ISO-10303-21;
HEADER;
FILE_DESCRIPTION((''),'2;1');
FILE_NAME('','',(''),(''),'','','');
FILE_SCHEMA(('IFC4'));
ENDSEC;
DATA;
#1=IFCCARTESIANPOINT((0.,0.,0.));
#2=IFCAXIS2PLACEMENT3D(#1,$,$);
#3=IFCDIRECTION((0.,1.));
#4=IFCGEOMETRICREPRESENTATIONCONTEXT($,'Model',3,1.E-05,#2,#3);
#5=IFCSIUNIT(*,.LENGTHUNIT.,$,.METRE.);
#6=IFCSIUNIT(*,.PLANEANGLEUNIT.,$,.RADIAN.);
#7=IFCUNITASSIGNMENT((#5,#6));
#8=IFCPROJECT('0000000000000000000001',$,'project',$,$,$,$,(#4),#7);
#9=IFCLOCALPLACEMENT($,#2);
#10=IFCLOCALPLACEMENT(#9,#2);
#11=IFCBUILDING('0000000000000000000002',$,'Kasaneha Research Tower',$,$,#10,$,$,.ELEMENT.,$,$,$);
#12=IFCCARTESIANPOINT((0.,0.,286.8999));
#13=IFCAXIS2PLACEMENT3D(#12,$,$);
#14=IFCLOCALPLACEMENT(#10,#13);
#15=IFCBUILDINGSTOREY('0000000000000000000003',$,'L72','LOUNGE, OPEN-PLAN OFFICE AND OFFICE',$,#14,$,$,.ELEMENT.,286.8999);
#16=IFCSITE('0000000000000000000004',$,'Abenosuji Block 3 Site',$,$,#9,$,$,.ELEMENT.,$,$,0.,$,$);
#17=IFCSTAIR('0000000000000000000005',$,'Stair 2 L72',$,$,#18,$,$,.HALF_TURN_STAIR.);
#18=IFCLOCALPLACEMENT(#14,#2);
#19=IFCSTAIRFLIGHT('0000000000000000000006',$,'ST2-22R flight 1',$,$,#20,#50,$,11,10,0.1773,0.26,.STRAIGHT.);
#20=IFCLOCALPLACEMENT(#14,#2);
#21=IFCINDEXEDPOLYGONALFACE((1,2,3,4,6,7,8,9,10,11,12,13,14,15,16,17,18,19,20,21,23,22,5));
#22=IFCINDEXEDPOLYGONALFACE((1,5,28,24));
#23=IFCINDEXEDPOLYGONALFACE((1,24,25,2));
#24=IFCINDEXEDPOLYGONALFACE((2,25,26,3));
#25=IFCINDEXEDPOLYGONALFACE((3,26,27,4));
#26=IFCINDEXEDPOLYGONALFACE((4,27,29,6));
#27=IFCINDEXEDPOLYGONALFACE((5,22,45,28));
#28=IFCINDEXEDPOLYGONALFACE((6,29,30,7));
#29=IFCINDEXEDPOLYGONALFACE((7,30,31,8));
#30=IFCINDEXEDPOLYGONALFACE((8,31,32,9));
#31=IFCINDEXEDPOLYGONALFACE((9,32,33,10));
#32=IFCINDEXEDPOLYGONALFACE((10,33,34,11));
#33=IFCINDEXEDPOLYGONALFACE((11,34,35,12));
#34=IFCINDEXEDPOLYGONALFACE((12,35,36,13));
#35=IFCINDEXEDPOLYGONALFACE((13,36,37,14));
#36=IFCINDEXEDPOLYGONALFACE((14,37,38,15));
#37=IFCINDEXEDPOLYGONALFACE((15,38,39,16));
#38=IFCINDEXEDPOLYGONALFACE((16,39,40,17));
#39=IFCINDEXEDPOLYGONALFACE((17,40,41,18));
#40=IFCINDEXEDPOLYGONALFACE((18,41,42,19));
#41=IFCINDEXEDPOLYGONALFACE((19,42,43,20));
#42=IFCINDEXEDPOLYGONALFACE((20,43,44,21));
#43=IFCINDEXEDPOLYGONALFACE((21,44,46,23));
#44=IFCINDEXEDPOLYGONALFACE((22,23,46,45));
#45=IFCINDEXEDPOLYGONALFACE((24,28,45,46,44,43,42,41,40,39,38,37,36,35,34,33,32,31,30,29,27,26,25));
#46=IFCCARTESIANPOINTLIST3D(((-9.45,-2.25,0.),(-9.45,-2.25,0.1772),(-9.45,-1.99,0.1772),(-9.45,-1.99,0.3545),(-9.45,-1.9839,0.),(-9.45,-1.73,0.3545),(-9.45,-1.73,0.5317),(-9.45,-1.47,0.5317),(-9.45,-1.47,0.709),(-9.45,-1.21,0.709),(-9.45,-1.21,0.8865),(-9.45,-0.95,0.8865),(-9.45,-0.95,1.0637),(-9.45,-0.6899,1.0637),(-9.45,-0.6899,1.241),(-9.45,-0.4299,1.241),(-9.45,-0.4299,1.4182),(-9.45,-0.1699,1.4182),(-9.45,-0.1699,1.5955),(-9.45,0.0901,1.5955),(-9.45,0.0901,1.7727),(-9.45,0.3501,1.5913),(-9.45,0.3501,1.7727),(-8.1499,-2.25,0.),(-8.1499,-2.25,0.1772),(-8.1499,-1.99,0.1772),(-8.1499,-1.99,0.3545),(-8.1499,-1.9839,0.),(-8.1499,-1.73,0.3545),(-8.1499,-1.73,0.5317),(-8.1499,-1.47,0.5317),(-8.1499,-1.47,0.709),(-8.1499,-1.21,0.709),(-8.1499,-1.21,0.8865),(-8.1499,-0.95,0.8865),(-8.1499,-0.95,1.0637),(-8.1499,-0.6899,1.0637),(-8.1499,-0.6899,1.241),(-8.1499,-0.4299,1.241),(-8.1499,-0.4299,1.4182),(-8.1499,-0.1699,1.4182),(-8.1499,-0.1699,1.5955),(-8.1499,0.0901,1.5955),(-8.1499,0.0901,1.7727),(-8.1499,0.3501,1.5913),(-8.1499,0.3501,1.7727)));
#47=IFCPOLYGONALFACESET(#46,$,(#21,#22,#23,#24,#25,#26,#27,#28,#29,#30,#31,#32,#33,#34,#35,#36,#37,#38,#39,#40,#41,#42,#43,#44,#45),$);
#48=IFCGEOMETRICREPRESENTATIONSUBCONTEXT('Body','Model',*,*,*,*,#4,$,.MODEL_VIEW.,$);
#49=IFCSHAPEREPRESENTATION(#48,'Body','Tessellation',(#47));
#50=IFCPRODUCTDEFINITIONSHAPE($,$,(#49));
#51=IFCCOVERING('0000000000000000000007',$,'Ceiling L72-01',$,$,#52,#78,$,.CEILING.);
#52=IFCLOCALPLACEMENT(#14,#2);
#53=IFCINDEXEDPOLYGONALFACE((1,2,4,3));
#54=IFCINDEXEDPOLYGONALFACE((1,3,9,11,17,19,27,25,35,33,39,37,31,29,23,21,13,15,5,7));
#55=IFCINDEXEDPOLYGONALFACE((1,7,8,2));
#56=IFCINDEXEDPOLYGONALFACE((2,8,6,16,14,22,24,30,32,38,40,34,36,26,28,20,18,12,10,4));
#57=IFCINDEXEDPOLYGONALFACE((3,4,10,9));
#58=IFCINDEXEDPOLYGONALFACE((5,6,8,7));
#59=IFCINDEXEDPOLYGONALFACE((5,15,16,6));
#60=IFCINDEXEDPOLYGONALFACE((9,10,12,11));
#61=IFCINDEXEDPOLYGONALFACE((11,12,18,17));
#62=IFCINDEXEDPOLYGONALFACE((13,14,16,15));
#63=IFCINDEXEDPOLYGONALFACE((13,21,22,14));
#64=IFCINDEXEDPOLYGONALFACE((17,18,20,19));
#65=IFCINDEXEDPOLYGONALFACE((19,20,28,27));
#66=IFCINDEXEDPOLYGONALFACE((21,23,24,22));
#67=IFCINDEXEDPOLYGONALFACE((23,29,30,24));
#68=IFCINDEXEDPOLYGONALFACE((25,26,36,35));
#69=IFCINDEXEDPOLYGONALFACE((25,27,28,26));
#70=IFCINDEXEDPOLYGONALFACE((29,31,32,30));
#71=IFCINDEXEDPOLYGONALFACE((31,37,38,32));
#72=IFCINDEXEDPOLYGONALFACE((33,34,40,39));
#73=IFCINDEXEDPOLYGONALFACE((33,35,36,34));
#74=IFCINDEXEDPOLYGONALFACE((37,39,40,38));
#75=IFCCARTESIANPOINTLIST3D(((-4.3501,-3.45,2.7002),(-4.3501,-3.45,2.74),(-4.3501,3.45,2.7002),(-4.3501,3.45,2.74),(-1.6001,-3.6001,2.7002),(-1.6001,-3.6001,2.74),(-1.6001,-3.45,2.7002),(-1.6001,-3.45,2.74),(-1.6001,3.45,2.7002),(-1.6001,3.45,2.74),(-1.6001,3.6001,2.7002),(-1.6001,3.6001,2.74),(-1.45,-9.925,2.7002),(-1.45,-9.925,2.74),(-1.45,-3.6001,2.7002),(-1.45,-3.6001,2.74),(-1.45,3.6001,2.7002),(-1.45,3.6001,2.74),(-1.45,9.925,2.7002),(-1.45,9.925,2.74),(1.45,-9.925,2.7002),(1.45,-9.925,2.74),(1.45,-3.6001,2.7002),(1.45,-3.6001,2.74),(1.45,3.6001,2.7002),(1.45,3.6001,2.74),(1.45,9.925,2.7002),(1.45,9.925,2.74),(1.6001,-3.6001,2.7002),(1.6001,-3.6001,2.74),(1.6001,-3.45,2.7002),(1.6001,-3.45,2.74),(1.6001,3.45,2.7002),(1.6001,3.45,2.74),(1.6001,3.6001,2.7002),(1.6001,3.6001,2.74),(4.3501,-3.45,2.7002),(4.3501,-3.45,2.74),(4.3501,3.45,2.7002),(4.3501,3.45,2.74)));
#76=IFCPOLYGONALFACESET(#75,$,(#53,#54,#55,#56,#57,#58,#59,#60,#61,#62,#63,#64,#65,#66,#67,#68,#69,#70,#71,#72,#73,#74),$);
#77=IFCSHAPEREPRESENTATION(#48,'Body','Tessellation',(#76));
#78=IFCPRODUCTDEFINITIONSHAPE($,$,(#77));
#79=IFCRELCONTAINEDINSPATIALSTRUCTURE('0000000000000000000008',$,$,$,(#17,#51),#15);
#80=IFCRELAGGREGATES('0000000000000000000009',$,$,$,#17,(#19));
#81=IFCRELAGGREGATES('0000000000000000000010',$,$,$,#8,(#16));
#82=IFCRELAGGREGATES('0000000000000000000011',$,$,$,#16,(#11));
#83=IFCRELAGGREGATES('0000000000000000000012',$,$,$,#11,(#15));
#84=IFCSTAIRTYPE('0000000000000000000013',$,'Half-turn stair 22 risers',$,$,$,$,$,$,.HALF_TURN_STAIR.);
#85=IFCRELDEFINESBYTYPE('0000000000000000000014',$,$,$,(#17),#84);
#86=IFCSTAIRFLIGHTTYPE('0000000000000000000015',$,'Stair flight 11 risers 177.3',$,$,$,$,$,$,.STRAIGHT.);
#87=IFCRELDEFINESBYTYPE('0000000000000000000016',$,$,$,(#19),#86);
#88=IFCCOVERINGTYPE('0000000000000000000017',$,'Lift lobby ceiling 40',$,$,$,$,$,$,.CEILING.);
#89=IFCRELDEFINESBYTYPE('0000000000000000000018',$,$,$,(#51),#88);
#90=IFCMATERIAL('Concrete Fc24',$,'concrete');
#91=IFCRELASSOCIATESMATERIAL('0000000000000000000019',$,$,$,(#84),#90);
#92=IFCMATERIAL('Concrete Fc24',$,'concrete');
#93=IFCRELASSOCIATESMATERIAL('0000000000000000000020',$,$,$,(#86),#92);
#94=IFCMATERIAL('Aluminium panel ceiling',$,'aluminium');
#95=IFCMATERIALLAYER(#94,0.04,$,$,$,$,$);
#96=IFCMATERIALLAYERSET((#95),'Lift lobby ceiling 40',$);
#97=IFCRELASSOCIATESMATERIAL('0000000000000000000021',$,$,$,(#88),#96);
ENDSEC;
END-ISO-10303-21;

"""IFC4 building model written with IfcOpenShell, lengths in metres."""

from ifc_helpers import new_model, si_unit, direction, frame, origin, place, context, subcontext, project, spatial, polyline, outline, extrude, material, layer, layer_set, type_object, element, aggregate, save


model = new_model("IFC4")

# Units and contexts
model_context = context("Model", 3, precision=1e-05, world=origin(), true_north=direction((0.0, 1.0)))
body_context = subcontext(model_context, "Body", "Model", "MODEL_VIEW")
ifc_project = project(units=[si_unit("LENGTHUNIT", "METRE"), si_unit("PLANEANGLEUNIT", "RADIAN")], contexts=[model_context])

# Site, building, storey
site_placement = place(None, origin())
site = spatial("IfcSite", under=ifc_project, at=site_placement, Name="Abenosuji Block 3 Site", CompositionType="ELEMENT", RefElevation=0.0)
building_placement = place(site_placement, origin())
building = spatial("IfcBuilding", under=site, at=building_placement, Name="Kasaneha Research Tower", CompositionType="ELEMENT")
storey_placement = place(building_placement, frame((0.0, 0.0, 286.8999)))
storey = spatial("IfcBuildingStorey", under=building, at=storey_placement, Name="L72", Description="LOUNGE, OPEN-PLAN OFFICE AND OFFICE", CompositionType="ELEMENT", Elevation=286.8999)

# Stair, stair flight
ifc_material_1 = material(Name="Concrete Fc24", Category="concrete")
stair_type = type_object("IfcStairType", Name="Half-turn stair 22 risers", PredefinedType="HALF_TURN_STAIR", material=ifc_material_1)
stair_placement = place(storey_placement, origin())
stair = element("IfcStair", 1, at=stair_placement, inside=storey, type_object=stair_type, Name="Stair 2 L72", PredefinedType="HALF_TURN_STAIR")
ifc_material_2 = material(Name="Concrete Fc24", Category="concrete")
stair_flight_type = type_object("IfcStairFlightType", Name="Stair flight 11 risers 177.3", PredefinedType="STRAIGHT", material=ifc_material_2)
stair_flight_placement = place(storey_placement, frame((-8.8, -2.25, 0.0), z_axis=(0.0, 0.0, 1.0), x_axis=(0.0, 1.0, 0.0)))
stair_flight = element("IfcStairFlight", 2, at=stair_flight_placement, type_object=stair_flight_type, Name="ST2-22R flight 1", NumberOfRisers=11, NumberOfTreads=10, PredefinedType="STRAIGHT", RiserHeight=0.1773, TreadLength=0.26, context=body_context, shape_type="SweptSolid", body=[
    extrude(outline(polyline([(0.0, 0.0), (0.0, 0.1772), (0.26, 0.1772), (0.26, 0.3545), (0.52, 0.3545), (0.52, 0.5317), (0.78, 0.5317), (0.78, 0.709), (1.04, 0.709), (1.04, 0.8865), (1.3, 0.8865), (1.3, 1.0637), (1.5601, 1.0637), (1.5601, 1.241), (1.8201, 1.241), (1.8201, 1.4182), (2.0801, 1.4182), (2.0801, 1.5955), (2.3401, 1.5955), (2.3401, 1.7727), (2.6001, 1.7727), (2.6001, 1.95), (2.6001, 1.5913), (0.2661, 0.0), (0.0, 0.0)])), frame((0.0, 0.6499, 0.0), z_axis=(0.0, -1.0, 0.0), x_axis=(1.0, 0.0, 0.0)), (0.0, 0.0, 1.0), 1.3),
])
aggregate(stair, [stair_flight])

# Covering
ifc_material_3 = material(Name="Aluminium panel ceiling", Category="aluminium")
ifc_layer_1 = layer(ifc_material_3, 0.04)
ifc_layer_set_1 = layer_set([ifc_layer_1], Name="Lift lobby ceiling 40")
covering_type_1 = type_object("IfcCoveringType", Name="Lift lobby ceiling 40", PredefinedType="CEILING", material=ifc_layer_set_1)
covering_1_placement = place(storey_placement, frame((0.0, 0.0, 2.7002)))
element("IfcCovering", 3, at=covering_1_placement, inside=storey, type_object=covering_type_1, Name="Ceiling L72-01", PredefinedType="CEILING", context=body_context, shape_type="SweptSolid", body=[
    extrude(outline(polyline([(1.45, 9.925), (1.45, 3.6001), (1.6001, 3.6001), (1.6001, 3.45), (4.3501, 3.45), (4.3501, -3.45), (1.6001, -3.45), (1.6001, -3.6001), (1.45, -3.6001), (1.45, -9.925), (-1.45, -9.925), (-1.45, -3.6001), (-1.6001, -3.6001), (-1.6001, -3.45), (-4.3501, -3.45), (-4.3501, 3.45), (-1.6001, 3.45), (-1.6001, 3.6001), (-1.45, 3.6001), (-1.45, 9.925), (1.45, 9.925)])), origin(), (0.0, 0.0, 1.0), 0.0398),
])

save(model, "model.ifc")
